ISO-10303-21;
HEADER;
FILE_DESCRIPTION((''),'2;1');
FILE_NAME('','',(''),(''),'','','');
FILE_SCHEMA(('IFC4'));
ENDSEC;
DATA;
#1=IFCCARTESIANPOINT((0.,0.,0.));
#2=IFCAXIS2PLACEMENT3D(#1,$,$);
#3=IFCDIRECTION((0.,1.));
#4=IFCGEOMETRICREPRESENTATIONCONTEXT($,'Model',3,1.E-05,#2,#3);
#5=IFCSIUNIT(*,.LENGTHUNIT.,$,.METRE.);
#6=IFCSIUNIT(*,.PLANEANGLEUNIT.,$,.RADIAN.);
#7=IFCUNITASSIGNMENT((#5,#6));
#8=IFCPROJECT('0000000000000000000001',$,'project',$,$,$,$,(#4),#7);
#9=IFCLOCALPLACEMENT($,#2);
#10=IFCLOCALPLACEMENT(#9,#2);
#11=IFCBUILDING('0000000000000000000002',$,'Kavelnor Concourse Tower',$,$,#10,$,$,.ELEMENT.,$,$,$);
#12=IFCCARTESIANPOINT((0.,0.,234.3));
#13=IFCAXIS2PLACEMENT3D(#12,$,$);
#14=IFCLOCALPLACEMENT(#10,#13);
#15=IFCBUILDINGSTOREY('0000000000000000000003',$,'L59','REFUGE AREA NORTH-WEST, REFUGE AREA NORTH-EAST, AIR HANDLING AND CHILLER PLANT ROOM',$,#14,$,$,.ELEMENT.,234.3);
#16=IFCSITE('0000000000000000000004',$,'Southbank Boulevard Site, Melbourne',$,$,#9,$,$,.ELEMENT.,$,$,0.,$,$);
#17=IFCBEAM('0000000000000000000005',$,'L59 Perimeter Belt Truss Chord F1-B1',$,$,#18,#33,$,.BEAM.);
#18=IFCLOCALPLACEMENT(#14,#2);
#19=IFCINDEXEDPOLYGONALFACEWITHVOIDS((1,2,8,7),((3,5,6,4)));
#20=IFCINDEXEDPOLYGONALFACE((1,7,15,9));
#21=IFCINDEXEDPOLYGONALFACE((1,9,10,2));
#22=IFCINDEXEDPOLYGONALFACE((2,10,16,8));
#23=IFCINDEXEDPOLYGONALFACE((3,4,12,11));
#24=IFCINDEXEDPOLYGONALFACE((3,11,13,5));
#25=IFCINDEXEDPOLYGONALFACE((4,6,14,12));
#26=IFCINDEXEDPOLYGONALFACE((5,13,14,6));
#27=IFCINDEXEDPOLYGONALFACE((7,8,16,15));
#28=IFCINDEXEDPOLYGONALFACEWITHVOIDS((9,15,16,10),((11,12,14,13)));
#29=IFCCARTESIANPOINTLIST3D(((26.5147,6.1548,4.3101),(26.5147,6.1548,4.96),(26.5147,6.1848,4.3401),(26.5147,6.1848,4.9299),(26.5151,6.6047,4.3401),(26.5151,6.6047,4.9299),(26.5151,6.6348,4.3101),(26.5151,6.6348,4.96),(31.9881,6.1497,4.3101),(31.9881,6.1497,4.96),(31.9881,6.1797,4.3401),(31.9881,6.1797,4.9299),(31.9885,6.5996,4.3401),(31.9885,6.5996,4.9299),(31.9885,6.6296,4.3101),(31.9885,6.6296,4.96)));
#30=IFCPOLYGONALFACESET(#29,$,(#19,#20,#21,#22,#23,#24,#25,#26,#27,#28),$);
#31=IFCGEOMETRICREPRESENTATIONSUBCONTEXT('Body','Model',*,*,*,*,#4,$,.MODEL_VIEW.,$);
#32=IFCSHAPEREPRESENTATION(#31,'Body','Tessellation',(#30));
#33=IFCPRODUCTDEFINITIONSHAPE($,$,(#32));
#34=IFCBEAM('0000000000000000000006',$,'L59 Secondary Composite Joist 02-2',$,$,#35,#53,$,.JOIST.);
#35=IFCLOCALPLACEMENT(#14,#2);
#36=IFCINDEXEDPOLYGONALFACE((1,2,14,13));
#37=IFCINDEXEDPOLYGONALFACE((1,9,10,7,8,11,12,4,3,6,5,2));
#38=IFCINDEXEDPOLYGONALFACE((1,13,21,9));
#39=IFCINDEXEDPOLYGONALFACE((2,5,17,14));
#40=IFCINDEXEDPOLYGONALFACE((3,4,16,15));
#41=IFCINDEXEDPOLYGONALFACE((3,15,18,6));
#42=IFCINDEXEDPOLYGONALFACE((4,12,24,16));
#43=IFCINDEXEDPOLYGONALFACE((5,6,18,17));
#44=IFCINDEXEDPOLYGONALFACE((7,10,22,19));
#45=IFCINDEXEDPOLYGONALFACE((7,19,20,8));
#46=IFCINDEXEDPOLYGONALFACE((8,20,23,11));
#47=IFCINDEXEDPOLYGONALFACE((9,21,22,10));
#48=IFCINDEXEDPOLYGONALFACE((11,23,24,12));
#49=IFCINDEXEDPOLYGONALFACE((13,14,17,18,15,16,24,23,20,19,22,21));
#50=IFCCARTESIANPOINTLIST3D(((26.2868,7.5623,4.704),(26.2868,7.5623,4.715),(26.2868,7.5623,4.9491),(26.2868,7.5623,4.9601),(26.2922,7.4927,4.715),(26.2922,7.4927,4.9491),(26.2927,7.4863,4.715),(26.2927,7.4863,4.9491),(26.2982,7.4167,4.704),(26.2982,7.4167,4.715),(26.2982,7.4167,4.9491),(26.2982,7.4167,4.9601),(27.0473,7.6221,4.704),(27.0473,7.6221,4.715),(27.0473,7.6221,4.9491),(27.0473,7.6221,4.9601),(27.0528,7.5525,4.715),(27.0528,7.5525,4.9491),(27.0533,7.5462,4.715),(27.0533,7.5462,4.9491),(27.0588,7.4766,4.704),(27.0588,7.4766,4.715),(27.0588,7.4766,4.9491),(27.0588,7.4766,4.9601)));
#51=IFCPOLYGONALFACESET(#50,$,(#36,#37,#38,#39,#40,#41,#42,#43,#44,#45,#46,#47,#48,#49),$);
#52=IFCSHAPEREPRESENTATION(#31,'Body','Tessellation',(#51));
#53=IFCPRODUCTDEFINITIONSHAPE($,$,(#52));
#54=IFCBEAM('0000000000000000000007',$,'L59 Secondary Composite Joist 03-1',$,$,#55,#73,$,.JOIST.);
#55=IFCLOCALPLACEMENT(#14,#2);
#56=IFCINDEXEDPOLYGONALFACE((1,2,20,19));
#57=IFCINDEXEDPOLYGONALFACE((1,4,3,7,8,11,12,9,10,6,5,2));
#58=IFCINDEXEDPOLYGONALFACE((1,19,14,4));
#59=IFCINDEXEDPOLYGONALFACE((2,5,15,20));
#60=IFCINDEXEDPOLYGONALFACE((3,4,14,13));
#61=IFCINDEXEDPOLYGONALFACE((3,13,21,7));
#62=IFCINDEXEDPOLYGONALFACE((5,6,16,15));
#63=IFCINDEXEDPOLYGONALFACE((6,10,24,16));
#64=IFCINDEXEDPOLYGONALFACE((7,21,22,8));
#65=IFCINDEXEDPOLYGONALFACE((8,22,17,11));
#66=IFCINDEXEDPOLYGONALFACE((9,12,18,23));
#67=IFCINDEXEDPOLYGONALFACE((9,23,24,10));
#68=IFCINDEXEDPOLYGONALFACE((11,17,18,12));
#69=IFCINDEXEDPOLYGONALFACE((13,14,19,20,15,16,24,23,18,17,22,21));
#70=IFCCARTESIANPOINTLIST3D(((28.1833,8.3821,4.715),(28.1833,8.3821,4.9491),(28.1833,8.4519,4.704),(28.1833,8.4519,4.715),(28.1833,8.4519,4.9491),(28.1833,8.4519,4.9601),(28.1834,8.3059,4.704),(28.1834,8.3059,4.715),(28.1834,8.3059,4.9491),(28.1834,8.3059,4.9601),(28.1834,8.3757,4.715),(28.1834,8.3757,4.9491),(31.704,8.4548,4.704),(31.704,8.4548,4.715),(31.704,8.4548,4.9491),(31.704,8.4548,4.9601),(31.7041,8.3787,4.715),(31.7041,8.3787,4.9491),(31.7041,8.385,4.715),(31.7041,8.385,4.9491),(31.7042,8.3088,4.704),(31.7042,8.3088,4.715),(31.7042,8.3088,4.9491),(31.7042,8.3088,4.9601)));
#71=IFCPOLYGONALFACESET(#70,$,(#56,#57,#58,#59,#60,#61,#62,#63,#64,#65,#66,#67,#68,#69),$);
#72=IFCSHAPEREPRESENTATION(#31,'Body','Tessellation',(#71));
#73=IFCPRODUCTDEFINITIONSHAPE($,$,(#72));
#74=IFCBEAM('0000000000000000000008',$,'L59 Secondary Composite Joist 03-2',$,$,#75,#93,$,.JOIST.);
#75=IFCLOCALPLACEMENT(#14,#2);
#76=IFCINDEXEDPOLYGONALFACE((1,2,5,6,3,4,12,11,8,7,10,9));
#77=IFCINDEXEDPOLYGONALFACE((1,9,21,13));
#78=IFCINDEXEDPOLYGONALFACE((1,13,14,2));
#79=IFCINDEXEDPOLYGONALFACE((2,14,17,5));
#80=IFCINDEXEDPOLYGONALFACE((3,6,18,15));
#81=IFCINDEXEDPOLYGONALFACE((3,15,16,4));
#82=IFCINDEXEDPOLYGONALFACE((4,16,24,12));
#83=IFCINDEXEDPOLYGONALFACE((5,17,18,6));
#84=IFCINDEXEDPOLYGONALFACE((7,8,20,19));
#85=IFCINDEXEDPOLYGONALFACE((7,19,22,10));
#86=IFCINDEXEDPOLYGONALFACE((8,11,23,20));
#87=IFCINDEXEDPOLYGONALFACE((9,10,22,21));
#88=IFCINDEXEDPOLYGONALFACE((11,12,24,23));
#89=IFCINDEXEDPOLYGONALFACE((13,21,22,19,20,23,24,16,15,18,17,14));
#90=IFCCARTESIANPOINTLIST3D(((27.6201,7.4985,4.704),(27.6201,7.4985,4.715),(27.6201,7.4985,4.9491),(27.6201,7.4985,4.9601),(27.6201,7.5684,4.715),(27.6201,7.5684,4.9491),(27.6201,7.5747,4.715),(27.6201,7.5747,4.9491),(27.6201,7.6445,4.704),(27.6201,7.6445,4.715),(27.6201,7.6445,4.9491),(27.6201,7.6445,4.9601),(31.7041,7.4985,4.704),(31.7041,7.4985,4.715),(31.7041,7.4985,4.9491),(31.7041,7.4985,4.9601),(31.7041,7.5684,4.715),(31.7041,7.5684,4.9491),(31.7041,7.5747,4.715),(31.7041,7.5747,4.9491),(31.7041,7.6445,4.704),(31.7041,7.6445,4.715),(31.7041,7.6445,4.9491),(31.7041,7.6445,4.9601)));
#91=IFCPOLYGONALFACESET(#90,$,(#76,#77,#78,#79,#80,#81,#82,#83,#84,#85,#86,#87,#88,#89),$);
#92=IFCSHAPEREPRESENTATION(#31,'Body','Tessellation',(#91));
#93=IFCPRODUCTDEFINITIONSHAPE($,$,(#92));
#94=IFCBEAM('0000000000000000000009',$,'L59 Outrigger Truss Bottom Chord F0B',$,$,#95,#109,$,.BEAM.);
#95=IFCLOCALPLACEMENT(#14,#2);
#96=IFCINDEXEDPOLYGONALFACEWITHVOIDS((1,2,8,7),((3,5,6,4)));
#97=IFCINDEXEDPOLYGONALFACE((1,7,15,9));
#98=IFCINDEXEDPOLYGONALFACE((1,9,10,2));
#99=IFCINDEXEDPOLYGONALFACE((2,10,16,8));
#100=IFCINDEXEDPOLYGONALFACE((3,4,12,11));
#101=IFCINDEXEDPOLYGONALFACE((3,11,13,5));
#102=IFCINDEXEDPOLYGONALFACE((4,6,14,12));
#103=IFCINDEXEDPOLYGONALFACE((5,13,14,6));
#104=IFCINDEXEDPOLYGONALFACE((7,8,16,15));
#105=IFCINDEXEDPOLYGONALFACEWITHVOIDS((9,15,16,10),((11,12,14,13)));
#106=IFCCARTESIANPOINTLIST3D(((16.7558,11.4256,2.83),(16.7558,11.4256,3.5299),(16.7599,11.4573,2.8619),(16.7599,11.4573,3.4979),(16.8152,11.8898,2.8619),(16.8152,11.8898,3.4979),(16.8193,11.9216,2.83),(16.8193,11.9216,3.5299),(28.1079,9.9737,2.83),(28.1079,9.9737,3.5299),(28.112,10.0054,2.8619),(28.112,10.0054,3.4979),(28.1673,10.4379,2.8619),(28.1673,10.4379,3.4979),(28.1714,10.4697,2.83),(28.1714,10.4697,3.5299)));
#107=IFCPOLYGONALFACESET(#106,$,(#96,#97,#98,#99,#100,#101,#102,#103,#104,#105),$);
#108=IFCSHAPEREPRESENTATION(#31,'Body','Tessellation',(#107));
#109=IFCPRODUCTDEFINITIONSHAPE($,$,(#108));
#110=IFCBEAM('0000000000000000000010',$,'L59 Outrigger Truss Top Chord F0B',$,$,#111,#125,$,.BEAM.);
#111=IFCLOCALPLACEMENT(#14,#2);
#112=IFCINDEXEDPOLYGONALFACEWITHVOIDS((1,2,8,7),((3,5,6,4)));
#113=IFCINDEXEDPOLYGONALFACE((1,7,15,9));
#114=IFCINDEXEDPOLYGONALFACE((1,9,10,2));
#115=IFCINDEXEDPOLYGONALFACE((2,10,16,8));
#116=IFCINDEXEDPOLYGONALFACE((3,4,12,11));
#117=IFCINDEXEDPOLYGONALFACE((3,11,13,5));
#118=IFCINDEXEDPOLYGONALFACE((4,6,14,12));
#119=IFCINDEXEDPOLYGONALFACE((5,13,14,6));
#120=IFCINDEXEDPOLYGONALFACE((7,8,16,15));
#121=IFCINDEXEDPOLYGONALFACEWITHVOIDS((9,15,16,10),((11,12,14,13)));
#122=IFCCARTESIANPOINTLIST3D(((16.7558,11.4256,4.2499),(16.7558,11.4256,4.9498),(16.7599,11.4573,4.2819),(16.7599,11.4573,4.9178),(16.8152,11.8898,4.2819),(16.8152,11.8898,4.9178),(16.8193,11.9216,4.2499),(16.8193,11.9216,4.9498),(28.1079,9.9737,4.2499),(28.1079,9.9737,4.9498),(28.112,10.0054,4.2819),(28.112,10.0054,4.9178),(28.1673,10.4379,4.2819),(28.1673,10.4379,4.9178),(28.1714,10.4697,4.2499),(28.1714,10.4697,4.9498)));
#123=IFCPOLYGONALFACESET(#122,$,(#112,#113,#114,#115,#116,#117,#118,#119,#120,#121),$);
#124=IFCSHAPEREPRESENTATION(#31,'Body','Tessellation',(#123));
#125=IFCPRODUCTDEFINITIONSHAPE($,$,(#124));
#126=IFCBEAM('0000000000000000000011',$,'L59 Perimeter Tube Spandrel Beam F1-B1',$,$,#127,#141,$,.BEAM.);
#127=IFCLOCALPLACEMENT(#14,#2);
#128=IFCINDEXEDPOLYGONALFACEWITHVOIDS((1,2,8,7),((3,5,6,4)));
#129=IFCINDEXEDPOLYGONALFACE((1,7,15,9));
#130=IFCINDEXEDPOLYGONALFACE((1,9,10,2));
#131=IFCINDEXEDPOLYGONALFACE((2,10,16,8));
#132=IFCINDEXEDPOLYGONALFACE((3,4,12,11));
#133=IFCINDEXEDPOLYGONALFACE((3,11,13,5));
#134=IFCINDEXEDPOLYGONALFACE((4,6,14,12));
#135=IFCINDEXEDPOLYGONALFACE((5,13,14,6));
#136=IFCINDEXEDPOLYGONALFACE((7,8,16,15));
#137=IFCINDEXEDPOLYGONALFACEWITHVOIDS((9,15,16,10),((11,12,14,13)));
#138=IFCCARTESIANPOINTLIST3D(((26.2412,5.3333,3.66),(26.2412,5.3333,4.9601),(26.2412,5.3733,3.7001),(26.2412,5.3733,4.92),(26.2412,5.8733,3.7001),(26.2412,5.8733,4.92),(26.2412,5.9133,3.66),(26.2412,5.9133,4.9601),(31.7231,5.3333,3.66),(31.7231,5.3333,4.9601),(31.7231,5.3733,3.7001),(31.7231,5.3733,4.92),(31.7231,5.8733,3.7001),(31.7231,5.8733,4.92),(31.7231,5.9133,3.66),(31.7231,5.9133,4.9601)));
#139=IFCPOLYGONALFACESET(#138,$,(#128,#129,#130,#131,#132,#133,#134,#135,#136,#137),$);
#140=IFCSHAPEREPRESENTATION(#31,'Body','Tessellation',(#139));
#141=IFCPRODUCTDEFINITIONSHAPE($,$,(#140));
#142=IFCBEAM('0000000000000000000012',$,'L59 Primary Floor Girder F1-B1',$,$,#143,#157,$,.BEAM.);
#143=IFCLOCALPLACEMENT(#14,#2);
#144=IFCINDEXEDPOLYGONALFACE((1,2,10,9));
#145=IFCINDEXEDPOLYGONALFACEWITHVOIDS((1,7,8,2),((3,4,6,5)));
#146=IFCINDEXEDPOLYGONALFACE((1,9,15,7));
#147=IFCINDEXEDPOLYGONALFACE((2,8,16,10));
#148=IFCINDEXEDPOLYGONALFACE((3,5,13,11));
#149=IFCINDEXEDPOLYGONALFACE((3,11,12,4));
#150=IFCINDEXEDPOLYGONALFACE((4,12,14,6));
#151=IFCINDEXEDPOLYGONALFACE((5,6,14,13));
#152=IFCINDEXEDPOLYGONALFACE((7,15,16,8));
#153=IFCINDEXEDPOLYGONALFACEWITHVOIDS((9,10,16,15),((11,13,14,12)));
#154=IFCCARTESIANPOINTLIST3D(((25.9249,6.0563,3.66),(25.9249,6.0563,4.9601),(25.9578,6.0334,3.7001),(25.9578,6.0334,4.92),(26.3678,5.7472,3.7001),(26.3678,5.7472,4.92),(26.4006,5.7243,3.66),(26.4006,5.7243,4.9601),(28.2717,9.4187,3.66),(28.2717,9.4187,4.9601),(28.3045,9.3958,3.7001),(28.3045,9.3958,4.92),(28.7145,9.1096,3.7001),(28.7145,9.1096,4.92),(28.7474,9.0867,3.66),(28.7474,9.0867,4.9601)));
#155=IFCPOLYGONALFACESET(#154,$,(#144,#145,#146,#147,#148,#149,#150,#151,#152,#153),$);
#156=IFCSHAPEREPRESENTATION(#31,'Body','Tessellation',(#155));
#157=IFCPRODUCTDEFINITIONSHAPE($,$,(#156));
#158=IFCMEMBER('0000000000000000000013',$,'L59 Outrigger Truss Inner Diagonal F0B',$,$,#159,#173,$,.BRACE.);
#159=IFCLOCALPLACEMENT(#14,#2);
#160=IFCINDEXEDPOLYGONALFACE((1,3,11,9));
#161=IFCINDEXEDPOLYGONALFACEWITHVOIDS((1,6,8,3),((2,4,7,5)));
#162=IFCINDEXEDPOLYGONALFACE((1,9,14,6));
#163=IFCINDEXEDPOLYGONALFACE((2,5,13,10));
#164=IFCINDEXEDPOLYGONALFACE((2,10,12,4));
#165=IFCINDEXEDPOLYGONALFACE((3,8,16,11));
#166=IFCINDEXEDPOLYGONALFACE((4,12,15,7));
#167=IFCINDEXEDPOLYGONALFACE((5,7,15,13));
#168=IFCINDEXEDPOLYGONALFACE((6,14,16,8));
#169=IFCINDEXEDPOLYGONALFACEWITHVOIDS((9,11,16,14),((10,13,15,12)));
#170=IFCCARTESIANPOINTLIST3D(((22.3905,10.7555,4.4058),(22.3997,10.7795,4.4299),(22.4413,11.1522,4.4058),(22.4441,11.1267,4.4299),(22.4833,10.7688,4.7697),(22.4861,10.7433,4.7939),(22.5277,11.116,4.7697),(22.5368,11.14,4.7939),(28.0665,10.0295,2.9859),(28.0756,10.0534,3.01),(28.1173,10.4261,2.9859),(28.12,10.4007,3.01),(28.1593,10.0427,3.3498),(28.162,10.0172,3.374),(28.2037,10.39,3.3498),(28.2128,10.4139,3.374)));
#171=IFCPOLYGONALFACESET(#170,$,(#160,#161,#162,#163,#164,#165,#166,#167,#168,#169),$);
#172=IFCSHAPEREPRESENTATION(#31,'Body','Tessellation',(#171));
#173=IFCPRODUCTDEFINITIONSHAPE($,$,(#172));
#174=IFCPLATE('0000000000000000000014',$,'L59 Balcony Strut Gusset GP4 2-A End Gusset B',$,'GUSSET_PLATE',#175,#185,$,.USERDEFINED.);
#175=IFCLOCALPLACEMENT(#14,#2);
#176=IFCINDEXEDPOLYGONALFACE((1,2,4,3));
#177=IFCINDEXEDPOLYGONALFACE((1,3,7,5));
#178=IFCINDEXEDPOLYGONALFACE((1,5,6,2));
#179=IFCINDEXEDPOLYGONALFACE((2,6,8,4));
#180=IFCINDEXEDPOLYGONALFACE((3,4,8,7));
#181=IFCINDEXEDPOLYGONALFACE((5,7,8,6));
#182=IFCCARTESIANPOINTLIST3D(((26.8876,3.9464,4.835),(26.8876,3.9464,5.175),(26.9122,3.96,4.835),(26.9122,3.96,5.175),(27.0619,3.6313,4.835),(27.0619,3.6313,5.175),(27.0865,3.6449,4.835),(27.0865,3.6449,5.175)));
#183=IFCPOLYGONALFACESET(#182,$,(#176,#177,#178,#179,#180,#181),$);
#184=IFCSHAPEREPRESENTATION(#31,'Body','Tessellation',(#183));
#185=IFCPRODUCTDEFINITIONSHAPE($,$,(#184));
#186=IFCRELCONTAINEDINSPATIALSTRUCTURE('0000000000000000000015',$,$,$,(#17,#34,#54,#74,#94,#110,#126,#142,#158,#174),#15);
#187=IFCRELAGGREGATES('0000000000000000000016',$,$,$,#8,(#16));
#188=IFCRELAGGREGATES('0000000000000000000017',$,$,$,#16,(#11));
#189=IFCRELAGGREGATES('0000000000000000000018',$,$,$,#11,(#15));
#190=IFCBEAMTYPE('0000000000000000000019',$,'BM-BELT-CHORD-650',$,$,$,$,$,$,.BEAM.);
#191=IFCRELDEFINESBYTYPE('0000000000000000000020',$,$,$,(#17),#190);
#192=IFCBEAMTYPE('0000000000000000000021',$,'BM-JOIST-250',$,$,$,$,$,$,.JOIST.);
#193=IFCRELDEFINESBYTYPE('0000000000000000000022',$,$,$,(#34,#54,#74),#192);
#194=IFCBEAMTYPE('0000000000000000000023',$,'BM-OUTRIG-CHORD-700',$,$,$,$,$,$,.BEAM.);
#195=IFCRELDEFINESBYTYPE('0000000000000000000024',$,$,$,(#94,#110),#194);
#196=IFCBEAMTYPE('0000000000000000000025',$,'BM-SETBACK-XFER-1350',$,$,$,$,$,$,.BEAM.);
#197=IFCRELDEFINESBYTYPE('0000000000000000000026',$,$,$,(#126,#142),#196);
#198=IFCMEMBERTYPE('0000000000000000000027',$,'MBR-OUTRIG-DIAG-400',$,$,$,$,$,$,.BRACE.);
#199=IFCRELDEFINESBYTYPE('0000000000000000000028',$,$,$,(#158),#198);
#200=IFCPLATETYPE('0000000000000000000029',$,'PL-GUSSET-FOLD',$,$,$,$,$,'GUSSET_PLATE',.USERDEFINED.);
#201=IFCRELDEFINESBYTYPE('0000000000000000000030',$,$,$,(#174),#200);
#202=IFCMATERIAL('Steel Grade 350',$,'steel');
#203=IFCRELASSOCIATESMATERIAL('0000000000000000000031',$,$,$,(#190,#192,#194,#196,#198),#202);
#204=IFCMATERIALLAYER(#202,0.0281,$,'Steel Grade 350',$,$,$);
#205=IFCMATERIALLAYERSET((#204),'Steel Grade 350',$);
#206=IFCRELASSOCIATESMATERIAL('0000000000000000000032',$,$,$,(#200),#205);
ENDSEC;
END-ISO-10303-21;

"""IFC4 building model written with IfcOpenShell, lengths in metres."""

from ifc_helpers import new_model, si_unit, direction, frame, origin, origin_2d, place, context, subcontext, project, spatial, rectangle, hollow_rectangle, i_section, extrude, material, layer, layer_set, material_profile, profile_set, type_object, element, save


model = new_model("IFC4")

# Units and contexts
model_context = context("Model", 3, precision=1e-05, world=origin(), true_north=direction((0.0, 1.0)))
body_context = subcontext(model_context, "Body", "Model", "MODEL_VIEW")
ifc_project = project(units=[si_unit("LENGTHUNIT", "METRE"), si_unit("PLANEANGLEUNIT", "RADIAN")], contexts=[model_context])

# Site, building, storey
site_placement = place(None, origin())
site = spatial("IfcSite", under=ifc_project, at=site_placement, Name="Southbank Boulevard Site, Melbourne", CompositionType="ELEMENT", RefElevation=0.0)
building_placement = place(site_placement, origin())
building = spatial("IfcBuilding", under=site, at=building_placement, Name="Kavelnor Concourse Tower", CompositionType="ELEMENT")
storey_placement = place(building_placement, frame((0.0, 0.0, 234.3)))
storey = spatial("IfcBuildingStorey", under=building, at=storey_placement, Name="L59", Description="REFUGE AREA NORTH-WEST, REFUGE AREA NORTH-EAST, AIR HANDLING AND CHILLER PLANT ROOM", CompositionType="ELEMENT", Elevation=234.3)

# Beams
ifc_material_1 = material(Name="Steel Grade 350", Category="steel")
ifc_material_profile_1 = material_profile(ifc_material_1, hollow_rectangle(XDim=0.48, YDim=0.6499, WallThickness=0.03, at=origin_2d()), Name="RHS 650x480x30")
ifc_profile_set_1 = profile_set([ifc_material_profile_1], Name="Steel Grade 350")
beam_type_1 = type_object("IfcBeamType", Name="BM-BELT-CHORD-650", PredefinedType="BEAM", material=ifc_profile_set_1)
beam_1_placement = place(storey_placement, frame((26.5149, 6.3948, 4.635), z_axis=(1.0, -0.000937, 0.0), x_axis=(0.000937, 1.0, 0.0)))
element("IfcBeam", 1, at=beam_1_placement, inside=storey, type_object=beam_type_1, Name="L59 Perimeter Belt Truss Chord F1-B1", PredefinedType="BEAM", context=body_context, shape_type="SweptSolid", body=[
    extrude(hollow_rectangle(XDim=0.48, YDim=0.6499, WallThickness=0.03, at=origin_2d()), origin(), (0.0, 0.0, 1.0), 5.4734),
])
ifc_material_profile_2 = material_profile(ifc_material_1, i_section(OverallWidth=0.146, OverallDepth=0.2561, WebThickness=0.0063, FlangeThickness=0.011, at=origin_2d()), Name="250UB37")
ifc_profile_set_2 = profile_set([ifc_material_profile_2], Name="Steel Grade 350")
beam_type_2 = type_object("IfcBeamType", Name="BM-JOIST-250", PredefinedType="JOIST", material=ifc_profile_set_2)
beam_2_placement = place(storey_placement, frame((26.2925, 7.4895, 4.832), z_axis=(0.996921, 0.07841, 0.0), x_axis=(-0.07841, 0.996921, 0.0)))
element("IfcBeam", 2, at=beam_2_placement, inside=storey, type_object=beam_type_2, Name="L59 Secondary Composite Joist 02-2", PredefinedType="JOIST", context=body_context, shape_type="SweptSolid", body=[
    extrude(i_section(OverallWidth=0.146, OverallDepth=0.2561, WebThickness=0.0063, FlangeThickness=0.011, at=origin_2d()), origin(), (0.0, 0.0, 1.0), 0.7629),
])
beam_3_placement = place(storey_placement, frame((28.1833, 8.3789, 4.832), z_axis=(1.0, 0.000832, 0.0), x_axis=(-0.000832, 1.0, 0.0)))
element("IfcBeam", 3, at=beam_3_placement, inside=storey, type_object=beam_type_2, Name="L59 Secondary Composite Joist 03-1", PredefinedType="JOIST", context=body_context, shape_type="SweptSolid", body=[
    extrude(i_section(OverallWidth=0.146, OverallDepth=0.2561, WebThickness=0.0063, FlangeThickness=0.011, at=origin_2d()), origin(), (0.0, 0.0, 1.0), 3.5208),
])
beam_4_placement = place(storey_placement, frame((27.6201, 7.5715, 4.832), z_axis=(1.0, 0.0, 0.0), x_axis=(0.0, 1.0, 0.0)))
element("IfcBeam", 4, at=beam_4_placement, inside=storey, type_object=beam_type_2, Name="L59 Secondary Composite Joist 03-2", PredefinedType="JOIST", context=body_context, shape_type="SweptSolid", body=[
    extrude(i_section(OverallWidth=0.146, OverallDepth=0.2561, WebThickness=0.0063, FlangeThickness=0.011, at=origin_2d()), origin(), (0.0, 0.0, 1.0), 4.084),
])
ifc_material_profile_3 = material_profile(ifc_material_1, hollow_rectangle(XDim=0.5, YDim=0.7, WallThickness=0.032, at=origin_2d()), Name="RHS 700x500x32")
ifc_profile_set_3 = profile_set([ifc_material_profile_3], Name="Steel Grade 350")
beam_type_3 = type_object("IfcBeamType", Name="BM-OUTRIG-CHORD-700", PredefinedType="BEAM", material=ifc_profile_set_3)
for number, where, z_axis, x_axis, name in (
    (5, (28.1396, 10.2217, 3.1799), (-0.99192, 0.126865, 0.0), (-0.126865, -0.99192, 0.0), "L59 Outrigger Truss Bottom Chord F0B"),
    (6, (28.1396, 10.2217, 4.5999), (-0.99192, 0.126865, 0.0), (-0.126865, -0.99192, 0.0), "L59 Outrigger Truss Top Chord F0B"),
):
    element("IfcBeam", number, at=place(storey_placement, frame(where, z_axis=z_axis, x_axis=x_axis)), inside=storey, type_object=beam_type_3, Name=name, PredefinedType="BEAM", context=body_context, shape_type="SweptSolid", body=[
        extrude(hollow_rectangle(XDim=0.5, YDim=0.7, WallThickness=0.032, at=origin_2d()), origin(), (0.0, 0.0, 1.0), 11.4446),
    ])
ifc_material_profile_4 = material_profile(ifc_material_1, hollow_rectangle(XDim=0.5801, YDim=1.3, WallThickness=0.04, at=origin_2d()), Name="RHS 1300x580x40")
ifc_profile_set_4 = profile_set([ifc_material_profile_4], Name="Steel Grade 350")
beam_type_4 = type_object("IfcBeamType", Name="BM-SETBACK-XFER-1350", PredefinedType="BEAM", material=ifc_profile_set_4)
beam_5_placement = place(storey_placement, frame((26.2412, 5.6233, 4.3101), z_axis=(1.0, 0.0, 0.0), x_axis=(0.0, 1.0, 0.0)))
element("IfcBeam", 7, at=beam_5_placement, inside=storey, type_object=beam_type_4, Name="L59 Perimeter Tube Spandrel Beam F1-B1", PredefinedType="BEAM", context=body_context, shape_type="SweptSolid", body=[
    extrude(hollow_rectangle(XDim=0.5801, YDim=1.3, WallThickness=0.04, at=origin_2d()), origin(), (0.0, 0.0, 1.0), 5.4819),
])
beam_6_placement = place(storey_placement, frame((28.5095, 9.2527, 4.3101), z_axis=(-0.572327, -0.820026, 0.0), x_axis=(0.820026, -0.572327, 0.0)))
element("IfcBeam", 8, at=beam_6_placement, inside=storey, type_object=beam_type_4, Name="L59 Primary Floor Girder F1-B1", PredefinedType="BEAM", context=body_context, shape_type="SweptSolid", body=[
    extrude(hollow_rectangle(XDim=0.5801, YDim=1.3, WallThickness=0.04, at=origin_2d()), origin(), (0.0, 0.0, 1.0), 4.1003),
])

# Member
ifc_material_profile_5 = material_profile(ifc_material_1, hollow_rectangle(XDim=0.3999, YDim=0.3999, WallThickness=0.0249, at=origin_2d()), Name="SHS 400x400x25")
ifc_profile_set_5 = profile_set([ifc_material_profile_5], Name="Steel Grade 350")
member_type = type_object("IfcMemberType", Name="MBR-OUTRIG-DIAG-400", PredefinedType="BRACE", material=ifc_profile_set_5)
member_placement = place(storey_placement, frame((28.1396, 10.2217, 3.1799), z_axis=(-0.962721, 0.123151, 0.240836), x_axis=(-0.126886, -0.991917, 0.0)))
element("IfcMember", 9, at=member_placement, inside=storey, type_object=member_type, Name="L59 Outrigger Truss Inner Diagonal F0B", PredefinedType="BRACE", context=body_context, shape_type="SweptSolid", body=[
    extrude(hollow_rectangle(XDim=0.3999, YDim=0.3999, WallThickness=0.0249, at=origin_2d()), origin(), (0.0, 0.0, 1.0), 5.8958),
])

# Plate
ifc_layer_1 = layer(ifc_material_1, 0.0281, Name="Steel Grade 350")
ifc_layer_set_1 = layer_set([ifc_layer_1], Name="Steel Grade 350")
plate_type_1 = type_object("IfcPlateType", Name="PL-GUSSET-FOLD", ElementType="GUSSET_PLATE", PredefinedType="USERDEFINED", material=ifc_layer_set_1)
plate_1_placement = place(storey_placement, frame((26.9871, 3.7957, 4.835), z_axis=(0.0, 0.0, 1.0), x_axis=(0.483893, -0.875127, 0.0)))
element("IfcPlate", 10, at=plate_1_placement, inside=storey, type_object=plate_type_1, Name="L59 Balcony Strut Gusset GP4 2-A End Gusset B", ObjectType="GUSSET_PLATE", PredefinedType="USERDEFINED", context=body_context, shape_type="SweptSolid", body=[
    extrude(rectangle(XDim=0.3601, YDim=0.0281, at=origin_2d()), origin(), (0.0, 0.0, 1.0), 0.3401),
])

save(model, "model.ifc")
